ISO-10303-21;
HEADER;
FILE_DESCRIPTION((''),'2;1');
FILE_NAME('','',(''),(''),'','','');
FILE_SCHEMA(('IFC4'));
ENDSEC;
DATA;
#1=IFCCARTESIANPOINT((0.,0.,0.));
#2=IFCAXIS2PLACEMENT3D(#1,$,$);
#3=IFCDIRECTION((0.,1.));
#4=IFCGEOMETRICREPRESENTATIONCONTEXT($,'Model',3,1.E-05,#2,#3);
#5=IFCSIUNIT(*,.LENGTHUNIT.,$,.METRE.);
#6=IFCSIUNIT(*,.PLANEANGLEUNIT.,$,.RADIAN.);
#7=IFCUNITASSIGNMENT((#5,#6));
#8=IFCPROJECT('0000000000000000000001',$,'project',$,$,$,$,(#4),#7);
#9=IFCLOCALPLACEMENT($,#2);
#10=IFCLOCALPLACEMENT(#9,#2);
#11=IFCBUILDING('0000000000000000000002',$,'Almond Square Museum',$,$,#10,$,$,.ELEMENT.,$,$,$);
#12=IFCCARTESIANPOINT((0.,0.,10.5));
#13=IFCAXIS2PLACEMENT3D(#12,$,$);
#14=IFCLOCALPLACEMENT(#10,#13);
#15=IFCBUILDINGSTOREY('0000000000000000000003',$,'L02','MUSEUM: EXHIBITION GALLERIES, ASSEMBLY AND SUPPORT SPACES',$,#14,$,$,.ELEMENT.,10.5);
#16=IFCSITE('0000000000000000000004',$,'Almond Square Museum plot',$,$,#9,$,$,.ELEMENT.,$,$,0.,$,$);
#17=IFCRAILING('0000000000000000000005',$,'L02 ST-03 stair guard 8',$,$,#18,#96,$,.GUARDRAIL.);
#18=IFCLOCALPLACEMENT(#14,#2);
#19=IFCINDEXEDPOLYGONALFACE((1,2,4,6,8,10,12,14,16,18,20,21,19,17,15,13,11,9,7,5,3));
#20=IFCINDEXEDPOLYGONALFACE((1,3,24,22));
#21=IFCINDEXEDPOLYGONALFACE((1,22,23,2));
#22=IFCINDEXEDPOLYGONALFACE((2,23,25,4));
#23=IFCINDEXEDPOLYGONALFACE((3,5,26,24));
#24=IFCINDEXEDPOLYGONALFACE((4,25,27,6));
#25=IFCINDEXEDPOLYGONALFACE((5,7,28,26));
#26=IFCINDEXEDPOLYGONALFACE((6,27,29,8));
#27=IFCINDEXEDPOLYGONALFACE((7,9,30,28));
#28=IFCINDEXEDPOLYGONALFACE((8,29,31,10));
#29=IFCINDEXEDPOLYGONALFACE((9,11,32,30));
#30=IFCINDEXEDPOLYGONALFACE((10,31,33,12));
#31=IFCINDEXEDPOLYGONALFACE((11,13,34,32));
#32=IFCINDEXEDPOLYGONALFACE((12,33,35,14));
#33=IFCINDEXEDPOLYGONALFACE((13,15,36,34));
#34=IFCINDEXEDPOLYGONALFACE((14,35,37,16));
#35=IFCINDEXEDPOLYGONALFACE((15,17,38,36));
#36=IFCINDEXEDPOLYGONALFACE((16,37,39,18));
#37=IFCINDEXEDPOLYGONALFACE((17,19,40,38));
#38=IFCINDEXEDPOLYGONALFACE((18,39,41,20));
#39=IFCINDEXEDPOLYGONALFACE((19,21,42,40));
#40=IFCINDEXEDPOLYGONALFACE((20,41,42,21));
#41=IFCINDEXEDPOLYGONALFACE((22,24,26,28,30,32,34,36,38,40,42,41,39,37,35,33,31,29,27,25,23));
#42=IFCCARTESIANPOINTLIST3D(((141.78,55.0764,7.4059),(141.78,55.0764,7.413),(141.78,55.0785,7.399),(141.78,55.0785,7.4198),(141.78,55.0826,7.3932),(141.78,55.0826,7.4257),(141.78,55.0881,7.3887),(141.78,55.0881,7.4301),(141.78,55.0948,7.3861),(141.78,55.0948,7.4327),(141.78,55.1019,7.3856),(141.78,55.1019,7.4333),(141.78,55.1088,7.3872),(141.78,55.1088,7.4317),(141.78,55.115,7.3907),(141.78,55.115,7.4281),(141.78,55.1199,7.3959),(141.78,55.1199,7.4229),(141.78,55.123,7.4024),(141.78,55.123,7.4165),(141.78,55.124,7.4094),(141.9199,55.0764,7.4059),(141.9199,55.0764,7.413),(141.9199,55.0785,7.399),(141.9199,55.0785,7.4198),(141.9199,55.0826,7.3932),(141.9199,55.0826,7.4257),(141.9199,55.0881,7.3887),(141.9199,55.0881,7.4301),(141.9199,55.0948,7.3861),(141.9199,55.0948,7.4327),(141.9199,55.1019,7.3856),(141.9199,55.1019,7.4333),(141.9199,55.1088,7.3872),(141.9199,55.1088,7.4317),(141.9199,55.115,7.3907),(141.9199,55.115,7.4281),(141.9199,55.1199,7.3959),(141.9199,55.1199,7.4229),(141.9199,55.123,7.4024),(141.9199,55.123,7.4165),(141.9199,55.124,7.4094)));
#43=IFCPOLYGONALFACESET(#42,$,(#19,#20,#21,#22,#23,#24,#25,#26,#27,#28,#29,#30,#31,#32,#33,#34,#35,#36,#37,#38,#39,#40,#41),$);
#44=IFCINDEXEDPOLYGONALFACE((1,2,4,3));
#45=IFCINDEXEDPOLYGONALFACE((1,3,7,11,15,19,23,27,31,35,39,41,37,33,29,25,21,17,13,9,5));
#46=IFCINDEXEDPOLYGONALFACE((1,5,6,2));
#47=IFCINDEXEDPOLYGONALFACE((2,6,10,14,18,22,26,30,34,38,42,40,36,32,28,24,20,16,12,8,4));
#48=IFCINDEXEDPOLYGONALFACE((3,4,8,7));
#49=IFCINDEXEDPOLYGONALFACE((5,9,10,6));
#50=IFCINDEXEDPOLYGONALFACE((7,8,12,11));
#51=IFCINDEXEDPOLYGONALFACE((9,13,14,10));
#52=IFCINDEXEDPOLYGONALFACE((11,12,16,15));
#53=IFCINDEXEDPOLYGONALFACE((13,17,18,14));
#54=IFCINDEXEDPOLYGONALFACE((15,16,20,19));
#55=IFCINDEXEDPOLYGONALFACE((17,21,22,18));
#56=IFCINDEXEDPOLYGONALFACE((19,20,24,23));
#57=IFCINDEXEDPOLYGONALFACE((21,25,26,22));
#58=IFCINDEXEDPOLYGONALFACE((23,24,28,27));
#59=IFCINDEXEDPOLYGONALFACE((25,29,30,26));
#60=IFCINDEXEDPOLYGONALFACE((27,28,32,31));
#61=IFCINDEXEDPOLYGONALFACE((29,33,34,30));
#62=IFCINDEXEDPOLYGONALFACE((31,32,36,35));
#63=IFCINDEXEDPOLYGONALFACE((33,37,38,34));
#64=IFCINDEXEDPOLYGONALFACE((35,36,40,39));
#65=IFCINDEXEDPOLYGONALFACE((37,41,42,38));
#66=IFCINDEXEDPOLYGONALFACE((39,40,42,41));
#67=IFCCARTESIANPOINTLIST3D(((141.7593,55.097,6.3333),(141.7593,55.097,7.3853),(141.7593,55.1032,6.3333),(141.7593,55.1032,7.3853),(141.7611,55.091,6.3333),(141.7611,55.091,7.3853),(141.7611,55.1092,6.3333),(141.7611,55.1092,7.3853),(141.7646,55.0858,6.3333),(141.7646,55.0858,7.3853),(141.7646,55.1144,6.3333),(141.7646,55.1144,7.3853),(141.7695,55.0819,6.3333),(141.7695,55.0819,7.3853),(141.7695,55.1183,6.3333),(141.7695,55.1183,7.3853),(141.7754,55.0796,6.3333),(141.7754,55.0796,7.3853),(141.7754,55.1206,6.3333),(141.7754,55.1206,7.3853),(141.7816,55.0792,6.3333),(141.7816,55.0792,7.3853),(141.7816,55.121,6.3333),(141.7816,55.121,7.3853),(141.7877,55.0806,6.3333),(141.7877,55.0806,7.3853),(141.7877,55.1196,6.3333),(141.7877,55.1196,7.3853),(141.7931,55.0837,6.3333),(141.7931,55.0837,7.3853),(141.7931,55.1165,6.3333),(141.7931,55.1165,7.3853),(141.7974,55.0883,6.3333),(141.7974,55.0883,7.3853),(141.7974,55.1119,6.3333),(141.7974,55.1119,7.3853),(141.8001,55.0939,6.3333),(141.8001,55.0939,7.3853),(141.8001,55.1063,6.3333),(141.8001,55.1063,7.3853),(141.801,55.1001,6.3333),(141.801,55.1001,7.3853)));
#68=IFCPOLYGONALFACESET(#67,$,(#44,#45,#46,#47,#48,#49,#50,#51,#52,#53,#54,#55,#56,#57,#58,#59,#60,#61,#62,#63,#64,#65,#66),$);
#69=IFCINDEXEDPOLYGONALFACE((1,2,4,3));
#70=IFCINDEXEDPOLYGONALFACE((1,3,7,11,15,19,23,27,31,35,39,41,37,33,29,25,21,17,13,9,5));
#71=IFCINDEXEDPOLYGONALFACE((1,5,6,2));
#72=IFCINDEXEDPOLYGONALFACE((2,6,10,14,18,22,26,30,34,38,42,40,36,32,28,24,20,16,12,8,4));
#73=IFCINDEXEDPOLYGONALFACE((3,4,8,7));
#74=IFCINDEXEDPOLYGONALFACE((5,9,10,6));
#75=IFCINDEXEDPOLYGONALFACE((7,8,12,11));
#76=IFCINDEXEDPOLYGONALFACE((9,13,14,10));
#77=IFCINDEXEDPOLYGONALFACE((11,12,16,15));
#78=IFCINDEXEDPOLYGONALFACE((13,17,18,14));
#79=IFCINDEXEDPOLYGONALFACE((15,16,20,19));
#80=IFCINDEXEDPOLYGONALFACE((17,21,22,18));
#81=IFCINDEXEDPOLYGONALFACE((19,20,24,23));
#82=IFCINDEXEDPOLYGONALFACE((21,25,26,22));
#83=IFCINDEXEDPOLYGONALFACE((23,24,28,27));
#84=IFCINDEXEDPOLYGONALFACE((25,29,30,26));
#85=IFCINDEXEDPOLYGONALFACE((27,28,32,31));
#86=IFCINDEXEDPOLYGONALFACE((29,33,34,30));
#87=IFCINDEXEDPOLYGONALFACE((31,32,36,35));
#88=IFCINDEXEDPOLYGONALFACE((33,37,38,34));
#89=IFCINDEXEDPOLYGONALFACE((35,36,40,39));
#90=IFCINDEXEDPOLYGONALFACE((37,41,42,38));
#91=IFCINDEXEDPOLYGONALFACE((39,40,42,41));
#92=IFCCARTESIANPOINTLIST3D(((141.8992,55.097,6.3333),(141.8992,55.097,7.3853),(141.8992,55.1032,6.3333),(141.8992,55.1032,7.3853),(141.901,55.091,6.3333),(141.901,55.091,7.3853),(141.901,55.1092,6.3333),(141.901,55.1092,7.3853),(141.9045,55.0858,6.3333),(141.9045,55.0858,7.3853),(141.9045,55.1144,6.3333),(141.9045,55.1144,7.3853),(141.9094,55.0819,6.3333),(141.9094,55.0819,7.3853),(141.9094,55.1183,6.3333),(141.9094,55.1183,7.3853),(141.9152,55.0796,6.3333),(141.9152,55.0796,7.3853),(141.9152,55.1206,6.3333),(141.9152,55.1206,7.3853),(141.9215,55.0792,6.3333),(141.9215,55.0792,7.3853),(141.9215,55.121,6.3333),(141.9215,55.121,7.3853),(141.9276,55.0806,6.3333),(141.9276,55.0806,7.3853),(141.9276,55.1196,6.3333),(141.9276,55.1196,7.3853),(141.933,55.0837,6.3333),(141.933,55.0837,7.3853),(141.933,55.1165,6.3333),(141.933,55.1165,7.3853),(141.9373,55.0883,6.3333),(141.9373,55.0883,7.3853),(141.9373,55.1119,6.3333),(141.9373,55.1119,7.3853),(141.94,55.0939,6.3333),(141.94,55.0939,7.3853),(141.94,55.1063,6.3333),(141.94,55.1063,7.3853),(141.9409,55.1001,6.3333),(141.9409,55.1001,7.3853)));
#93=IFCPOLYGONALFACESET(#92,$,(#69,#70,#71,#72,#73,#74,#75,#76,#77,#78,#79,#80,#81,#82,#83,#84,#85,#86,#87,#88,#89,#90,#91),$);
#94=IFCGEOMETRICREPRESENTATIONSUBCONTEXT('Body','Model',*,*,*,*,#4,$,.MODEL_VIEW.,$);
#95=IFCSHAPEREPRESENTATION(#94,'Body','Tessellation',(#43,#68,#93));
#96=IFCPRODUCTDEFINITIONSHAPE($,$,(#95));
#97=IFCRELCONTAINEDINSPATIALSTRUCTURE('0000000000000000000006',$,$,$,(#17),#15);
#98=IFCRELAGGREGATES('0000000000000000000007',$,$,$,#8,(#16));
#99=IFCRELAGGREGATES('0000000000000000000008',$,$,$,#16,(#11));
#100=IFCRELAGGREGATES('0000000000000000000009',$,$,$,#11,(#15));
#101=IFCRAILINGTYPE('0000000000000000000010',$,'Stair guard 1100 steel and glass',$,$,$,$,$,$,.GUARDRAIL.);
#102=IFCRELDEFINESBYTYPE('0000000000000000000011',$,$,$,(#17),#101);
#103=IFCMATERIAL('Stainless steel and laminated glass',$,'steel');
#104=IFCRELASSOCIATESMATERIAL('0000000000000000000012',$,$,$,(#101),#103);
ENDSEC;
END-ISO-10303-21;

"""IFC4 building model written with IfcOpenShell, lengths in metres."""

from ifc_helpers import new_model, si_unit, direction, frame, origin, origin_2d, place, context, subcontext, project, spatial, circle, extrude, material, type_object, element, save


model = new_model("IFC4")

# Units and contexts
model_context = context("Model", 3, precision=1e-05, world=origin(), true_north=direction((0.0, 1.0)))
body_context = subcontext(model_context, "Body", "Model", "MODEL_VIEW")
ifc_project = project(units=[si_unit("LENGTHUNIT", "METRE"), si_unit("PLANEANGLEUNIT", "RADIAN")], contexts=[model_context])

# Site, building, storey
site_placement = place(None, origin())
site = spatial("IfcSite", under=ifc_project, at=site_placement, Name="Almond Square Museum plot", CompositionType="ELEMENT", RefElevation=0.0)
building_placement = place(site_placement, origin())
building = spatial("IfcBuilding", under=site, at=building_placement, Name="Almond Square Museum", CompositionType="ELEMENT")
storey_placement = place(building_placement, frame((0.0, 0.0, 10.5)))
storey = spatial("IfcBuildingStorey", under=building, at=storey_placement, Name="L02", Description="MUSEUM: EXHIBITION GALLERIES, ASSEMBLY AND SUPPORT SPACES", CompositionType="ELEMENT", Elevation=10.5)

# Railing
ifc_material_1 = material(Name="Stainless steel and laminated glass", Category="steel")
railing_type_1 = type_object("IfcRailingType", Name="Stair guard 1100 steel and glass", PredefinedType="GUARDRAIL", material=ifc_material_1)
railing_1_placement = place(storey_placement, frame((141.78, 55.1001, 6.3333)))
element("IfcRailing", 1, at=railing_1_placement, inside=storey, type_object=railing_type_1, Name="L02 ST-03 stair guard 8", PredefinedType="GUARDRAIL", context=body_context, shape_type="SweptSolid", body=[
    extrude(circle(Radius=0.0239, at=origin_2d()), frame((0.0, 0.0, 1.0762), z_axis=(1.0, 0.0, 0.0), x_axis=(0.0, 1.0, 0.0)), (0.0, 0.0, 1.0), 0.1399),
    extrude(circle(Radius=0.021, at=origin_2d()), origin(), (0.0, 0.0, 1.0), 1.052),
    extrude(circle(Radius=0.021, at=origin_2d()), frame((0.1399, 0.0, 0.0)), (0.0, 0.0, 1.0), 1.052),
])

save(model, "model.ifc")
